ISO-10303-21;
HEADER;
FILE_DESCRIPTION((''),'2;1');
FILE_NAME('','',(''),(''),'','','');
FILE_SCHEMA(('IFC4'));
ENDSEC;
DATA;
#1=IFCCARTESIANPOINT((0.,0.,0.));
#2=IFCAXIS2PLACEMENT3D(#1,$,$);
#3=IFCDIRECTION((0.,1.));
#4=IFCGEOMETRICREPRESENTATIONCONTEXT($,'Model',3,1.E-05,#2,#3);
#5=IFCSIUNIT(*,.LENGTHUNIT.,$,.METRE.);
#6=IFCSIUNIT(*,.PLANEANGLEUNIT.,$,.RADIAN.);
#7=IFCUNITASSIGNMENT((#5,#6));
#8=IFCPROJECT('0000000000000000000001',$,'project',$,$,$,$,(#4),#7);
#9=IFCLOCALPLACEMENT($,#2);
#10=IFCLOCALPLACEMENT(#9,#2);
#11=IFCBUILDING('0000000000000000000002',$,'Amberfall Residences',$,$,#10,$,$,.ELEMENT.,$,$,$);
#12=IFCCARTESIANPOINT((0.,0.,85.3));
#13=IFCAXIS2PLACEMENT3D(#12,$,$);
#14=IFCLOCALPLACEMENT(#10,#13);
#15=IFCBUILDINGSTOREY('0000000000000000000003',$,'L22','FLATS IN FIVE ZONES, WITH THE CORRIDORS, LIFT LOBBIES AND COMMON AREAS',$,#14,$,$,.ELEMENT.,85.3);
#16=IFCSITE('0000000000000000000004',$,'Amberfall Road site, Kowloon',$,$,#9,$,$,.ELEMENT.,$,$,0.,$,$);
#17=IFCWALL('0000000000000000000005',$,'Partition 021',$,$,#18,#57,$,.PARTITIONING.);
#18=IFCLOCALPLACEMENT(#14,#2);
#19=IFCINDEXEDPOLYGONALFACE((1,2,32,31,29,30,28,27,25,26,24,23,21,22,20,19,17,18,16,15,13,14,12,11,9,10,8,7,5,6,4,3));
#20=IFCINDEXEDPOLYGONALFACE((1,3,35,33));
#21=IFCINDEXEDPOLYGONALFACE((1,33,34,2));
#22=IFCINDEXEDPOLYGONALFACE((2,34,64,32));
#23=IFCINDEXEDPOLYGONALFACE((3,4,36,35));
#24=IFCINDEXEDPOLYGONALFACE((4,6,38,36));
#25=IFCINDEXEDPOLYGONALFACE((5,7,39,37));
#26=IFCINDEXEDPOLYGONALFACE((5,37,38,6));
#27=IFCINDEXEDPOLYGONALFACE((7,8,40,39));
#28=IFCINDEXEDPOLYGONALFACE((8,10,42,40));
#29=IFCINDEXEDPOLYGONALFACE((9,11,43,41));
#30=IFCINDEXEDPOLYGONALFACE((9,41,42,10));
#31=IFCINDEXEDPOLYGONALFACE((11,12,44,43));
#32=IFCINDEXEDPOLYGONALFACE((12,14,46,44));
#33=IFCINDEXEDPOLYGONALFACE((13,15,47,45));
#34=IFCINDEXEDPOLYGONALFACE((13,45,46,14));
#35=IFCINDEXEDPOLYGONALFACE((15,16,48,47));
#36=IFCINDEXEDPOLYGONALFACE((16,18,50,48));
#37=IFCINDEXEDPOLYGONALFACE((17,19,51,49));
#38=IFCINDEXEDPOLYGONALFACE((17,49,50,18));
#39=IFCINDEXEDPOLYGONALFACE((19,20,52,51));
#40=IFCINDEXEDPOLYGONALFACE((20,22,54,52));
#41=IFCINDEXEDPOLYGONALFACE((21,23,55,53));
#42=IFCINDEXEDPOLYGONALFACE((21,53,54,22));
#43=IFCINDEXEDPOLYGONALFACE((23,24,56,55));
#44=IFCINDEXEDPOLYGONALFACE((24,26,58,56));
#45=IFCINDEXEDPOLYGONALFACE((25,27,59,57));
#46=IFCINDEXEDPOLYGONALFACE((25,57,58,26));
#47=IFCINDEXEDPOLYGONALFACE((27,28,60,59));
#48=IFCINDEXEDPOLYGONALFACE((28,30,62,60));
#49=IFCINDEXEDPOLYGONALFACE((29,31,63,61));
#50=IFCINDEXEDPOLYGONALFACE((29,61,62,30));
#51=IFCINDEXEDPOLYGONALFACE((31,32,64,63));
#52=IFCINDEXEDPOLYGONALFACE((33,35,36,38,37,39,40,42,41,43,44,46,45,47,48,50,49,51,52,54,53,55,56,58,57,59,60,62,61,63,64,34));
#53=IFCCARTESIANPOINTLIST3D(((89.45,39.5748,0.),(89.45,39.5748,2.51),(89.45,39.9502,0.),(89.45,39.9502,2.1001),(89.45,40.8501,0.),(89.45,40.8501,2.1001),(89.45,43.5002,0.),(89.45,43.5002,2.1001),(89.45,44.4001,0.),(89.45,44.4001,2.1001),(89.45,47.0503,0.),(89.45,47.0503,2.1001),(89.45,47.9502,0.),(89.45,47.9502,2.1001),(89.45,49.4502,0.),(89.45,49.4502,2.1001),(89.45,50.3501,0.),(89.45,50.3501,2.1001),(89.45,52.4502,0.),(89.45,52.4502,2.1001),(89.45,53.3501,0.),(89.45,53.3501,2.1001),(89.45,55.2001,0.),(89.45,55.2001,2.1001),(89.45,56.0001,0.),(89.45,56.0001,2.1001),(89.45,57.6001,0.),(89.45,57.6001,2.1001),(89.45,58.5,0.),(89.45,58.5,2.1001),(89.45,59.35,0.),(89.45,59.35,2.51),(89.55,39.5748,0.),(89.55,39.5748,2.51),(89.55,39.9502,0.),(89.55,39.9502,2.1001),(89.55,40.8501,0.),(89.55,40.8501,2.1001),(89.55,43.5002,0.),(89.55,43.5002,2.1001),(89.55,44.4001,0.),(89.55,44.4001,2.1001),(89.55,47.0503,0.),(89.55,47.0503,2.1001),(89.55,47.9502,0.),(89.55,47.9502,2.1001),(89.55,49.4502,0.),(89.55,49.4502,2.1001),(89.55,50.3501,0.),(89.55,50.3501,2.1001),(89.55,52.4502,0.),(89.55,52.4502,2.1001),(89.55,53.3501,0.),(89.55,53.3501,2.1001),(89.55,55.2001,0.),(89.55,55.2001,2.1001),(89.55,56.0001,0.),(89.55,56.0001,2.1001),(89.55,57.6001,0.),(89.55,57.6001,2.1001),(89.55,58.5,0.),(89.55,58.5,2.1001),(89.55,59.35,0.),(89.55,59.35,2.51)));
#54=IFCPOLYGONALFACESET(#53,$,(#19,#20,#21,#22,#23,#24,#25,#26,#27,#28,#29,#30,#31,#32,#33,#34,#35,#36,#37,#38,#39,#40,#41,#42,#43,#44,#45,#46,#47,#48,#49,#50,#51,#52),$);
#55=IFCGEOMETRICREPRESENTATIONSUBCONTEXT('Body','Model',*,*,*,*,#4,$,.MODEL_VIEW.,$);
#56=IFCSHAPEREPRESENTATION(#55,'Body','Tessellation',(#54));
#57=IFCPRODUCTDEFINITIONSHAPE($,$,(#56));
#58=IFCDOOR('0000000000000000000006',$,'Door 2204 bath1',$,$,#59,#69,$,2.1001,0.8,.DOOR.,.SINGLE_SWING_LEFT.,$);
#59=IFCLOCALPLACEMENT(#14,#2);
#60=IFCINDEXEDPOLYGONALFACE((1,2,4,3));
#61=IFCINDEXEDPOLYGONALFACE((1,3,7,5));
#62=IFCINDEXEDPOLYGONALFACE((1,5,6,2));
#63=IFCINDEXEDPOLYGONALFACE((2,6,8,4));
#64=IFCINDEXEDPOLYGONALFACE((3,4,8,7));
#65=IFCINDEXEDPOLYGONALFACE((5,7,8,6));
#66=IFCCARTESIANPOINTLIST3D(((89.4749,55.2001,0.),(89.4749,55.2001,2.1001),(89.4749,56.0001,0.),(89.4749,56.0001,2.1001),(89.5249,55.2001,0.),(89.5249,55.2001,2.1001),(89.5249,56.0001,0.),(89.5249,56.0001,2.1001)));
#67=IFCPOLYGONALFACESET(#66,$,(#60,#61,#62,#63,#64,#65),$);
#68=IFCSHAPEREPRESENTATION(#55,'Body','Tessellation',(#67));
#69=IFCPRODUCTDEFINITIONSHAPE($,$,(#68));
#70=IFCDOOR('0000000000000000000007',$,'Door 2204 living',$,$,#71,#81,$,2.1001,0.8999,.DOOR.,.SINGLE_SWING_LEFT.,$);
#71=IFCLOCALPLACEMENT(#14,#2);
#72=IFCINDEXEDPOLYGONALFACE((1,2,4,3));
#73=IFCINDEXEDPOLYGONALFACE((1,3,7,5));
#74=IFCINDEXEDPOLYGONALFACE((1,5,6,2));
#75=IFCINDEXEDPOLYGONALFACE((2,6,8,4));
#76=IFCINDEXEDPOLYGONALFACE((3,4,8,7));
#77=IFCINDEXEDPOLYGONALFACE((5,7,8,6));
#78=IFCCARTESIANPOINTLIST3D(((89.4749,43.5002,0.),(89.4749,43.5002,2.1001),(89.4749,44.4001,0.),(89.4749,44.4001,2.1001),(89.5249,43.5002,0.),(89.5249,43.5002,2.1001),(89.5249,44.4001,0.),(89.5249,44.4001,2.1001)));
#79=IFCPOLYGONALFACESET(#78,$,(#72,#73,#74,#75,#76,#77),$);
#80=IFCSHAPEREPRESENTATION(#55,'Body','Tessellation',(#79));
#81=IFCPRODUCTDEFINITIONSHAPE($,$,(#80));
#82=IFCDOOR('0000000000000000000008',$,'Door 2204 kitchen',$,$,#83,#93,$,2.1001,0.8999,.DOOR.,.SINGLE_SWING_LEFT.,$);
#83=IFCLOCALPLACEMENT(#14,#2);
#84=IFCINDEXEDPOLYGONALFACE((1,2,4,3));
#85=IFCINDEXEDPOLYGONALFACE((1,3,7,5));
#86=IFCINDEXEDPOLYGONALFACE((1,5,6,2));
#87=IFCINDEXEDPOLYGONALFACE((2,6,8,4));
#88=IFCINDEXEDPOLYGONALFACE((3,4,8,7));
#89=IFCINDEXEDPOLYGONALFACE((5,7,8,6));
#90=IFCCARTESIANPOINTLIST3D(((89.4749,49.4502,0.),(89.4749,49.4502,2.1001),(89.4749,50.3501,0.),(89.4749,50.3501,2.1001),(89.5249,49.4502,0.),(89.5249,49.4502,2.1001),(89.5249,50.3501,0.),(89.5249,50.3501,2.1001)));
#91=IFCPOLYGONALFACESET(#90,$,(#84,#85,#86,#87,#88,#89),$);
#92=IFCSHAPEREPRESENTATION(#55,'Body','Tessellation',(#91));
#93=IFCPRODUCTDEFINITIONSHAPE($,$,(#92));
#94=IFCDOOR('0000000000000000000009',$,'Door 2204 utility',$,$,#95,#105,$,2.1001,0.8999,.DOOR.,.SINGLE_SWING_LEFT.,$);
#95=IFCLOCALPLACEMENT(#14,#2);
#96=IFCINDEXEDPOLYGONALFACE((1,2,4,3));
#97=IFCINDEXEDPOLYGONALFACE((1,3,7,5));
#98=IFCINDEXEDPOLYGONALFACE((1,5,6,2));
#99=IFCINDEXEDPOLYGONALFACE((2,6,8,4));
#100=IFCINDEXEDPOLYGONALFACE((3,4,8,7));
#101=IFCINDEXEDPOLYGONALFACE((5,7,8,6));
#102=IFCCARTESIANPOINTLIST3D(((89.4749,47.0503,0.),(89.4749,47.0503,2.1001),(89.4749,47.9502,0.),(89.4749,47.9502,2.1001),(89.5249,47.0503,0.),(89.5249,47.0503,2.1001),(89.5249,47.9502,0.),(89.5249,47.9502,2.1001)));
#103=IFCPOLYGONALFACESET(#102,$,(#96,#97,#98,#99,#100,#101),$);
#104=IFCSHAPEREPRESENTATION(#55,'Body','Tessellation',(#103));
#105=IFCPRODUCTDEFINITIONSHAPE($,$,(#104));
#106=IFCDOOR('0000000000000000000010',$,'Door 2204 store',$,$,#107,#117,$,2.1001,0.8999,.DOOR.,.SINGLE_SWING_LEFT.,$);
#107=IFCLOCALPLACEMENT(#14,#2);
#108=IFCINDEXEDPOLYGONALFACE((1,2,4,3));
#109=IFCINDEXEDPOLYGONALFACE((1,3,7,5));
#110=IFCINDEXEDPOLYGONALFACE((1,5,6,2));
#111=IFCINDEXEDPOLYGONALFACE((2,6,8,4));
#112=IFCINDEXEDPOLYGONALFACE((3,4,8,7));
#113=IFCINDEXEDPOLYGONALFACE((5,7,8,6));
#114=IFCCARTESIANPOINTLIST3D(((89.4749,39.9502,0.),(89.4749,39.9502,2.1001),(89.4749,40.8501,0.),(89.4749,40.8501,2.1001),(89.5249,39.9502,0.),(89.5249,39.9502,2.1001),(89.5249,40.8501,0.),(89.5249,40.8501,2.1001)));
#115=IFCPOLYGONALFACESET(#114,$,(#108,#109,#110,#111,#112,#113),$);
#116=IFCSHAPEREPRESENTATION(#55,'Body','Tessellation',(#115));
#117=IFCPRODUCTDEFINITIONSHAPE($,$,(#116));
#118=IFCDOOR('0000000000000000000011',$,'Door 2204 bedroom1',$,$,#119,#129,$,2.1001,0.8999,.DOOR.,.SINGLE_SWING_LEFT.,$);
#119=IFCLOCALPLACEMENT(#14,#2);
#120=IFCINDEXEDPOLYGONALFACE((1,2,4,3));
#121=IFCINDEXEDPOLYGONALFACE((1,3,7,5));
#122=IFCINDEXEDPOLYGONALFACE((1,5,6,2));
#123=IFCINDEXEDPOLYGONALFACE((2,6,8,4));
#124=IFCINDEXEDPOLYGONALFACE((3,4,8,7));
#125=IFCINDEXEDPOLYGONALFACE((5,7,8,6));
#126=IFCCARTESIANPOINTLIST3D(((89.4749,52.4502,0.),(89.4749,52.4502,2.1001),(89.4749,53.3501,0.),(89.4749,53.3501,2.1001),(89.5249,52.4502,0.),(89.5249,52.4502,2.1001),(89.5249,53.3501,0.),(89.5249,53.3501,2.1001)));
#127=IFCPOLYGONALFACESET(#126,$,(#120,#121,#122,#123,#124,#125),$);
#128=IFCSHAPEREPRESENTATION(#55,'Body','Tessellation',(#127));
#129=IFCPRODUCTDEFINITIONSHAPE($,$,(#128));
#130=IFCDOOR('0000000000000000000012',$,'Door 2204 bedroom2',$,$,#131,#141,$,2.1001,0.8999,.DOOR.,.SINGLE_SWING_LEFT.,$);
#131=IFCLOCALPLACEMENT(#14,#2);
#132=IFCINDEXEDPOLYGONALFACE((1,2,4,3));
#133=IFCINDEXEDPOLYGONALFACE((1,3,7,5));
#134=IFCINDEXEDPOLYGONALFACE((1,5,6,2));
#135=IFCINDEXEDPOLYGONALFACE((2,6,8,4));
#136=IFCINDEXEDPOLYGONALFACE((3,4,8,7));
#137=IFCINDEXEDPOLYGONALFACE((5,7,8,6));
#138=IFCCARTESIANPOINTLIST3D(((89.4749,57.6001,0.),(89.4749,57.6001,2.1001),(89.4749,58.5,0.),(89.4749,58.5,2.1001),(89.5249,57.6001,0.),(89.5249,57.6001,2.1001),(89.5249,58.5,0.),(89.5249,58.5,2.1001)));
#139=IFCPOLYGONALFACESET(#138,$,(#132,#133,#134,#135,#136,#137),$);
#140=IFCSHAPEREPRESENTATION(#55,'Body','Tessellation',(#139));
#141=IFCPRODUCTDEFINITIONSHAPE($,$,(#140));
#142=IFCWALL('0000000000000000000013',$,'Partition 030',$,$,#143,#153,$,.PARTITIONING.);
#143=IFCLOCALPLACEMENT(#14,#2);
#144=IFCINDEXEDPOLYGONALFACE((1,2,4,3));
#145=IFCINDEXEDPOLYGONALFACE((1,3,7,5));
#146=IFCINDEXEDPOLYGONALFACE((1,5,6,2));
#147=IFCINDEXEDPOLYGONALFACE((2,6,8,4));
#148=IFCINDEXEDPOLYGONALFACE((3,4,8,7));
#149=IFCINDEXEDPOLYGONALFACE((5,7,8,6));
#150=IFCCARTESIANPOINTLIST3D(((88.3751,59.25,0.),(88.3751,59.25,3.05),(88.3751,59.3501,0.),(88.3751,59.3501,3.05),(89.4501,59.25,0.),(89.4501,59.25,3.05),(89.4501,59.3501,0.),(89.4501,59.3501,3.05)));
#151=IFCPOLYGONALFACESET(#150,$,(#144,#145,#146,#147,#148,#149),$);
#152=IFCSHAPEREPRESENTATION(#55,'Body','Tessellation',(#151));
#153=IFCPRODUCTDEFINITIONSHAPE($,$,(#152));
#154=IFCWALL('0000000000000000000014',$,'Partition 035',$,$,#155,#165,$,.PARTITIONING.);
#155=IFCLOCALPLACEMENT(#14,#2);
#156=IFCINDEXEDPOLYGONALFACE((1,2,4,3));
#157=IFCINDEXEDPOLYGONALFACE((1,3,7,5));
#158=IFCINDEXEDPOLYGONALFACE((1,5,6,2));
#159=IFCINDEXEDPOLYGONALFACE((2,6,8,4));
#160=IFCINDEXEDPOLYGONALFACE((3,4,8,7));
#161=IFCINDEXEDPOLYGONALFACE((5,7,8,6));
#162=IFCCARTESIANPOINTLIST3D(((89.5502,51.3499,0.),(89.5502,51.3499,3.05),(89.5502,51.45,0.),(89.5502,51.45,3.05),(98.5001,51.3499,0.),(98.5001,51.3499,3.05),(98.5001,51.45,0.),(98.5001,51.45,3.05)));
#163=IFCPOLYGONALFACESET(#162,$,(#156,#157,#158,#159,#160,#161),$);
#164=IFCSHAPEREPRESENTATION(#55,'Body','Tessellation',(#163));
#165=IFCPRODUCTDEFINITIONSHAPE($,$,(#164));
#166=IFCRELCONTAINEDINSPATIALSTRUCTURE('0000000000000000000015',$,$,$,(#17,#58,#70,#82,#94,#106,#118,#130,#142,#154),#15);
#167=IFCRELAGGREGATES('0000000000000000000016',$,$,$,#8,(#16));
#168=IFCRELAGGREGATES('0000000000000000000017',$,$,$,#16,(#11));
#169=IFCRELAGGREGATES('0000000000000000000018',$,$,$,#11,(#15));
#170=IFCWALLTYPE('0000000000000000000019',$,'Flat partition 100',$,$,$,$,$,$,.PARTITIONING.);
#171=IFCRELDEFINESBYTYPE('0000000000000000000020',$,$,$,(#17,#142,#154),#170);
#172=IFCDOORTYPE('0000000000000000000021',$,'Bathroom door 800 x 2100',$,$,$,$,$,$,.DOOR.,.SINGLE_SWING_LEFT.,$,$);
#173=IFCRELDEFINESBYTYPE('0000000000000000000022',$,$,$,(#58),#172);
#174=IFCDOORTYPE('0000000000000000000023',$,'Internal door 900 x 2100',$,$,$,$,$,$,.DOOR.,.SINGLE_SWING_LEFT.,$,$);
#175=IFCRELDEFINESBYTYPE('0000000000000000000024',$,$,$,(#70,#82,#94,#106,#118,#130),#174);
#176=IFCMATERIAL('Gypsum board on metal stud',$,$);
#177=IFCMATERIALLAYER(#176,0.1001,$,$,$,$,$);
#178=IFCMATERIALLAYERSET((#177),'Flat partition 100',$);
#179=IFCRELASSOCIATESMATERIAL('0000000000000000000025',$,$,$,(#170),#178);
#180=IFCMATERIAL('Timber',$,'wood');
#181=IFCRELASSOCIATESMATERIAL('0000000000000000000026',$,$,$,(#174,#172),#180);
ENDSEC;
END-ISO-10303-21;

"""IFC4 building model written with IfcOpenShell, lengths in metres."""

from ifc_helpers import new_model, si_unit, direction, frame, frame_2d, origin, place, context, subcontext, project, spatial, rectangle, extrude, material, layer, layer_set, type_object, element, fill, save


model = new_model("IFC4")

# Units and contexts
model_context = context("Model", 3, precision=1e-05, world=origin(), true_north=direction((0.0, 1.0)))
body_context = subcontext(model_context, "Body", "Model", "MODEL_VIEW")
ifc_project = project(units=[si_unit("LENGTHUNIT", "METRE"), si_unit("PLANEANGLEUNIT", "RADIAN")], contexts=[model_context])

# Site, building, storey
site_placement = place(None, origin())
site = spatial("IfcSite", under=ifc_project, at=site_placement, Name="Amberfall Road site, Kowloon", CompositionType="ELEMENT", RefElevation=0.0)
building_placement = place(site_placement, origin())
building = spatial("IfcBuilding", under=site, at=building_placement, Name="Amberfall Residences", CompositionType="ELEMENT")
storey_placement = place(building_placement, frame((0.0, 0.0, 85.3)))
storey = spatial("IfcBuildingStorey", under=building, at=storey_placement, Name="L22", Description="FLATS IN FIVE ZONES, WITH THE CORRIDORS, LIFT LOBBIES AND COMMON AREAS", CompositionType="ELEMENT", Elevation=85.3)

# Shared definitions
ifc_material_1 = material(Name="Gypsum board on metal stud")
ifc_layer_1 = layer(ifc_material_1, 0.1001)
ifc_layer_set_1 = layer_set([ifc_layer_1], Name="Flat partition 100")
wall_type_1 = type_object("IfcWallType", Name="Flat partition 100", PredefinedType="PARTITIONING", material=ifc_layer_set_1)

# Wall, openings, doors
ifc_material_2 = material(Name="Timber", Category="wood")
door_type_1 = type_object("IfcDoorType", Name="Internal door 900 x 2100", OperationType="SINGLE_SWING_LEFT", PredefinedType="DOOR", material=ifc_material_2)
wall_1_placement = place(storey_placement, frame((89.5, 59.3501, 0.0), z_axis=(0.0, 0.0, 1.0), x_axis=(0.0, -1.0, 0.0)))
wall_1 = element("IfcWall", 1, at=wall_1_placement, inside=storey, type_object=wall_type_1, Name="Partition 021", PredefinedType="PARTITIONING", context=body_context, shape_type="SweptSolid", body=[
    extrude(rectangle(XDim=19.7751, YDim=0.1001, at=frame_2d((9.8877, 0.0))), origin(), (0.0, 0.0, 1.0), 2.51),
])
opening_1_placement = place(wall_1_placement, frame((14.95, 0.0, 0.0)))
opening_1 = element("IfcOpeningElement", 2, at=opening_1_placement, cuts=wall_1, PredefinedType="OPENING", context=body_context, shape_type="SweptSolid", body=[
    extrude(rectangle(XDim=0.8999, YDim=2.1001, at=frame_2d((0.45, 1.05))), frame((0.0, 0.0601, 0.0), z_axis=(0.0, -1.0, 0.0), x_axis=(1.0, 0.0, 0.0)), (0.0, 0.0, 1.0), 0.1201),
])
opening_2_placement = place(wall_1_placement, frame((9.0, 0.0, 0.0)))
opening_2 = element("IfcOpeningElement", 3, at=opening_2_placement, cuts=wall_1, PredefinedType="OPENING", context=body_context, shape_type="SweptSolid", body=[
    extrude(rectangle(XDim=0.8999, YDim=2.1001, at=frame_2d((0.45, 1.05))), frame((0.0, 0.0601, 0.0), z_axis=(0.0, -1.0, 0.0), x_axis=(1.0, 0.0, 0.0)), (0.0, 0.0, 1.0), 0.1201),
])
opening_3_placement = place(wall_1_placement, frame((11.3999, 0.0, 0.0)))
opening_3 = element("IfcOpeningElement", 4, at=opening_3_placement, cuts=wall_1, PredefinedType="OPENING", context=body_context, shape_type="SweptSolid", body=[
    extrude(rectangle(XDim=0.8999, YDim=2.1001, at=frame_2d((0.45, 1.05))), frame((0.0, 0.0601, 0.0), z_axis=(0.0, -1.0, 0.0), x_axis=(1.0, 0.0, 0.0)), (0.0, 0.0, 1.0), 0.1201),
])
opening_4_placement = place(wall_1_placement, frame((18.5, 0.0, 0.0)))
opening_4 = element("IfcOpeningElement", 5, at=opening_4_placement, cuts=wall_1, PredefinedType="OPENING", context=body_context, shape_type="SweptSolid", body=[
    extrude(rectangle(XDim=0.8999, YDim=2.1001, at=frame_2d((0.45, 1.05))), frame((0.0, 0.0601, 0.0), z_axis=(0.0, -1.0, 0.0), x_axis=(1.0, 0.0, 0.0)), (0.0, 0.0, 1.0), 0.1201),
])
opening_5_placement = place(wall_1_placement, frame((6.0, 0.0, 0.0)))
opening_5 = element("IfcOpeningElement", 6, at=opening_5_placement, cuts=wall_1, PredefinedType="OPENING", context=body_context, shape_type="SweptSolid", body=[
    extrude(rectangle(XDim=0.8999, YDim=2.1001, at=frame_2d((0.45, 1.05))), frame((0.0, 0.0601, 0.0), z_axis=(0.0, -1.0, 0.0), x_axis=(1.0, 0.0, 0.0)), (0.0, 0.0, 1.0), 0.1201),
])
opening_6_placement = place(wall_1_placement, frame((0.8501, 0.0, 0.0)))
opening_6 = element("IfcOpeningElement", 7, at=opening_6_placement, cuts=wall_1, PredefinedType="OPENING", context=body_context, shape_type="SweptSolid", body=[
    extrude(rectangle(XDim=0.8999, YDim=2.1001, at=frame_2d((0.45, 1.05))), frame((0.0, 0.0601, 0.0), z_axis=(0.0, -1.0, 0.0), x_axis=(1.0, 0.0, 0.0)), (0.0, 0.0, 1.0), 0.1201),
])
opening_7_placement = place(wall_1_placement, frame((3.3501, 0.0, 0.0)))
opening_7 = element("IfcOpeningElement", 8, at=opening_7_placement, cuts=wall_1, PredefinedType="OPENING", context=body_context, shape_type="SweptSolid", body=[
    extrude(rectangle(XDim=0.8, YDim=2.1001, at=frame_2d((0.3999, 1.05))), frame((0.0, 0.0601, 0.0), z_axis=(0.0, -1.0, 0.0), x_axis=(1.0, 0.0, 0.0)), (0.0, 0.0, 1.0), 0.1201),
])
door_type_2 = type_object("IfcDoorType", Name="Bathroom door 800 x 2100", OperationType="SINGLE_SWING_LEFT", PredefinedType="DOOR", material=ifc_material_2)
door_1_placement = place(opening_7_placement, origin())
door_1 = element("IfcDoor", 9, at=door_1_placement, inside=storey, type_object=door_type_2, Name="Door 2204 bath1", OperationType="SINGLE_SWING_LEFT", OverallHeight=2.1001, OverallWidth=0.8, PredefinedType="DOOR", context=body_context, shape_type="SweptSolid", body=[
    extrude(rectangle(XDim=0.8, YDim=2.1001, at=frame_2d((0.3999, 1.05))), frame((0.0, 0.0249, 0.0), z_axis=(0.0, -1.0, 0.0), x_axis=(1.0, 0.0, 0.0)), (0.0, 0.0, 1.0), 0.05),
])
fill(opening_7, door_1)
door_2_placement = place(opening_1_placement, origin())
door_2 = element("IfcDoor", 10, at=door_2_placement, inside=storey, type_object=door_type_1, Name="Door 2204 living", OperationType="SINGLE_SWING_LEFT", OverallHeight=2.1001, OverallWidth=0.8999, PredefinedType="DOOR", context=body_context, shape_type="SweptSolid", body=[
    extrude(rectangle(XDim=0.8999, YDim=2.1001, at=frame_2d((0.45, 1.05))), frame((0.0, 0.0249, 0.0), z_axis=(0.0, -1.0, 0.0), x_axis=(1.0, 0.0, 0.0)), (0.0, 0.0, 1.0), 0.05),
])
fill(opening_1, door_2)
door_3_placement = place(opening_2_placement, origin())
door_3 = element("IfcDoor", 11, at=door_3_placement, inside=storey, type_object=door_type_1, Name="Door 2204 kitchen", OperationType="SINGLE_SWING_LEFT", OverallHeight=2.1001, OverallWidth=0.8999, PredefinedType="DOOR", context=body_context, shape_type="SweptSolid", body=[
    extrude(rectangle(XDim=0.8999, YDim=2.1001, at=frame_2d((0.45, 1.05))), frame((0.0, 0.0249, 0.0), z_axis=(0.0, -1.0, 0.0), x_axis=(1.0, 0.0, 0.0)), (0.0, 0.0, 1.0), 0.05),
])
fill(opening_2, door_3)
door_4_placement = place(opening_3_placement, origin())
door_4 = element("IfcDoor", 12, at=door_4_placement, inside=storey, type_object=door_type_1, Name="Door 2204 utility", OperationType="SINGLE_SWING_LEFT", OverallHeight=2.1001, OverallWidth=0.8999, PredefinedType="DOOR", context=body_context, shape_type="SweptSolid", body=[
    extrude(rectangle(XDim=0.8999, YDim=2.1001, at=frame_2d((0.45, 1.05))), frame((0.0, 0.0249, 0.0), z_axis=(0.0, -1.0, 0.0), x_axis=(1.0, 0.0, 0.0)), (0.0, 0.0, 1.0), 0.05),
])
fill(opening_3, door_4)
door_5_placement = place(opening_4_placement, origin())
door_5 = element("IfcDoor", 13, at=door_5_placement, inside=storey, type_object=door_type_1, Name="Door 2204 store", OperationType="SINGLE_SWING_LEFT", OverallHeight=2.1001, OverallWidth=0.8999, PredefinedType="DOOR", context=body_context, shape_type="SweptSolid", body=[
    extrude(rectangle(XDim=0.8999, YDim=2.1001, at=frame_2d((0.45, 1.05))), frame((0.0, 0.0249, 0.0), z_axis=(0.0, -1.0, 0.0), x_axis=(1.0, 0.0, 0.0)), (0.0, 0.0, 1.0), 0.05),
])
fill(opening_4, door_5)
door_6_placement = place(opening_5_placement, origin())
door_6 = element("IfcDoor", 14, at=door_6_placement, inside=storey, type_object=door_type_1, Name="Door 2204 bedroom1", OperationType="SINGLE_SWING_LEFT", OverallHeight=2.1001, OverallWidth=0.8999, PredefinedType="DOOR", context=body_context, shape_type="SweptSolid", body=[
    extrude(rectangle(XDim=0.8999, YDim=2.1001, at=frame_2d((0.45, 1.05))), frame((0.0, 0.0249, 0.0), z_axis=(0.0, -1.0, 0.0), x_axis=(1.0, 0.0, 0.0)), (0.0, 0.0, 1.0), 0.05),
])
fill(opening_5, door_6)
door_7_placement = place(opening_6_placement, origin())
door_7 = element("IfcDoor", 15, at=door_7_placement, inside=storey, type_object=door_type_1, Name="Door 2204 bedroom2", OperationType="SINGLE_SWING_LEFT", OverallHeight=2.1001, OverallWidth=0.8999, PredefinedType="DOOR", context=body_context, shape_type="SweptSolid", body=[
    extrude(rectangle(XDim=0.8999, YDim=2.1001, at=frame_2d((0.45, 1.05))), frame((0.0, 0.0249, 0.0), z_axis=(0.0, -1.0, 0.0), x_axis=(1.0, 0.0, 0.0)), (0.0, 0.0, 1.0), 0.05),
])
fill(opening_6, door_7)

# Walls
wall_2_placement = place(storey_placement, frame((88.375, 59.3, 0.0), z_axis=(0.0, 0.0, 1.0), x_axis=(1.0, 0.0, 0.0)))
element("IfcWall", 16, at=wall_2_placement, inside=storey, type_object=wall_type_1, Name="Partition 030", PredefinedType="PARTITIONING", context=body_context, shape_type="SweptSolid", body=[
    extrude(rectangle(XDim=1.075, YDim=0.1001, at=frame_2d((0.5376, 0.0))), origin(), (0.0, 0.0, 1.0), 3.05),
])
wall_3_placement = place(storey_placement, frame((89.55, 51.3999, 0.0), z_axis=(0.0, 0.0, 1.0), x_axis=(1.0, 0.0, 0.0)))
element("IfcWall", 17, at=wall_3_placement, inside=storey, type_object=wall_type_1, Name="Partition 035", PredefinedType="PARTITIONING", context=body_context, shape_type="SweptSolid", body=[
    extrude(rectangle(XDim=8.95, YDim=0.1001, at=frame_2d((4.4751, 0.0))), origin(), (0.0, 0.0, 1.0), 3.05),
])

save(model, "model.ifc")
